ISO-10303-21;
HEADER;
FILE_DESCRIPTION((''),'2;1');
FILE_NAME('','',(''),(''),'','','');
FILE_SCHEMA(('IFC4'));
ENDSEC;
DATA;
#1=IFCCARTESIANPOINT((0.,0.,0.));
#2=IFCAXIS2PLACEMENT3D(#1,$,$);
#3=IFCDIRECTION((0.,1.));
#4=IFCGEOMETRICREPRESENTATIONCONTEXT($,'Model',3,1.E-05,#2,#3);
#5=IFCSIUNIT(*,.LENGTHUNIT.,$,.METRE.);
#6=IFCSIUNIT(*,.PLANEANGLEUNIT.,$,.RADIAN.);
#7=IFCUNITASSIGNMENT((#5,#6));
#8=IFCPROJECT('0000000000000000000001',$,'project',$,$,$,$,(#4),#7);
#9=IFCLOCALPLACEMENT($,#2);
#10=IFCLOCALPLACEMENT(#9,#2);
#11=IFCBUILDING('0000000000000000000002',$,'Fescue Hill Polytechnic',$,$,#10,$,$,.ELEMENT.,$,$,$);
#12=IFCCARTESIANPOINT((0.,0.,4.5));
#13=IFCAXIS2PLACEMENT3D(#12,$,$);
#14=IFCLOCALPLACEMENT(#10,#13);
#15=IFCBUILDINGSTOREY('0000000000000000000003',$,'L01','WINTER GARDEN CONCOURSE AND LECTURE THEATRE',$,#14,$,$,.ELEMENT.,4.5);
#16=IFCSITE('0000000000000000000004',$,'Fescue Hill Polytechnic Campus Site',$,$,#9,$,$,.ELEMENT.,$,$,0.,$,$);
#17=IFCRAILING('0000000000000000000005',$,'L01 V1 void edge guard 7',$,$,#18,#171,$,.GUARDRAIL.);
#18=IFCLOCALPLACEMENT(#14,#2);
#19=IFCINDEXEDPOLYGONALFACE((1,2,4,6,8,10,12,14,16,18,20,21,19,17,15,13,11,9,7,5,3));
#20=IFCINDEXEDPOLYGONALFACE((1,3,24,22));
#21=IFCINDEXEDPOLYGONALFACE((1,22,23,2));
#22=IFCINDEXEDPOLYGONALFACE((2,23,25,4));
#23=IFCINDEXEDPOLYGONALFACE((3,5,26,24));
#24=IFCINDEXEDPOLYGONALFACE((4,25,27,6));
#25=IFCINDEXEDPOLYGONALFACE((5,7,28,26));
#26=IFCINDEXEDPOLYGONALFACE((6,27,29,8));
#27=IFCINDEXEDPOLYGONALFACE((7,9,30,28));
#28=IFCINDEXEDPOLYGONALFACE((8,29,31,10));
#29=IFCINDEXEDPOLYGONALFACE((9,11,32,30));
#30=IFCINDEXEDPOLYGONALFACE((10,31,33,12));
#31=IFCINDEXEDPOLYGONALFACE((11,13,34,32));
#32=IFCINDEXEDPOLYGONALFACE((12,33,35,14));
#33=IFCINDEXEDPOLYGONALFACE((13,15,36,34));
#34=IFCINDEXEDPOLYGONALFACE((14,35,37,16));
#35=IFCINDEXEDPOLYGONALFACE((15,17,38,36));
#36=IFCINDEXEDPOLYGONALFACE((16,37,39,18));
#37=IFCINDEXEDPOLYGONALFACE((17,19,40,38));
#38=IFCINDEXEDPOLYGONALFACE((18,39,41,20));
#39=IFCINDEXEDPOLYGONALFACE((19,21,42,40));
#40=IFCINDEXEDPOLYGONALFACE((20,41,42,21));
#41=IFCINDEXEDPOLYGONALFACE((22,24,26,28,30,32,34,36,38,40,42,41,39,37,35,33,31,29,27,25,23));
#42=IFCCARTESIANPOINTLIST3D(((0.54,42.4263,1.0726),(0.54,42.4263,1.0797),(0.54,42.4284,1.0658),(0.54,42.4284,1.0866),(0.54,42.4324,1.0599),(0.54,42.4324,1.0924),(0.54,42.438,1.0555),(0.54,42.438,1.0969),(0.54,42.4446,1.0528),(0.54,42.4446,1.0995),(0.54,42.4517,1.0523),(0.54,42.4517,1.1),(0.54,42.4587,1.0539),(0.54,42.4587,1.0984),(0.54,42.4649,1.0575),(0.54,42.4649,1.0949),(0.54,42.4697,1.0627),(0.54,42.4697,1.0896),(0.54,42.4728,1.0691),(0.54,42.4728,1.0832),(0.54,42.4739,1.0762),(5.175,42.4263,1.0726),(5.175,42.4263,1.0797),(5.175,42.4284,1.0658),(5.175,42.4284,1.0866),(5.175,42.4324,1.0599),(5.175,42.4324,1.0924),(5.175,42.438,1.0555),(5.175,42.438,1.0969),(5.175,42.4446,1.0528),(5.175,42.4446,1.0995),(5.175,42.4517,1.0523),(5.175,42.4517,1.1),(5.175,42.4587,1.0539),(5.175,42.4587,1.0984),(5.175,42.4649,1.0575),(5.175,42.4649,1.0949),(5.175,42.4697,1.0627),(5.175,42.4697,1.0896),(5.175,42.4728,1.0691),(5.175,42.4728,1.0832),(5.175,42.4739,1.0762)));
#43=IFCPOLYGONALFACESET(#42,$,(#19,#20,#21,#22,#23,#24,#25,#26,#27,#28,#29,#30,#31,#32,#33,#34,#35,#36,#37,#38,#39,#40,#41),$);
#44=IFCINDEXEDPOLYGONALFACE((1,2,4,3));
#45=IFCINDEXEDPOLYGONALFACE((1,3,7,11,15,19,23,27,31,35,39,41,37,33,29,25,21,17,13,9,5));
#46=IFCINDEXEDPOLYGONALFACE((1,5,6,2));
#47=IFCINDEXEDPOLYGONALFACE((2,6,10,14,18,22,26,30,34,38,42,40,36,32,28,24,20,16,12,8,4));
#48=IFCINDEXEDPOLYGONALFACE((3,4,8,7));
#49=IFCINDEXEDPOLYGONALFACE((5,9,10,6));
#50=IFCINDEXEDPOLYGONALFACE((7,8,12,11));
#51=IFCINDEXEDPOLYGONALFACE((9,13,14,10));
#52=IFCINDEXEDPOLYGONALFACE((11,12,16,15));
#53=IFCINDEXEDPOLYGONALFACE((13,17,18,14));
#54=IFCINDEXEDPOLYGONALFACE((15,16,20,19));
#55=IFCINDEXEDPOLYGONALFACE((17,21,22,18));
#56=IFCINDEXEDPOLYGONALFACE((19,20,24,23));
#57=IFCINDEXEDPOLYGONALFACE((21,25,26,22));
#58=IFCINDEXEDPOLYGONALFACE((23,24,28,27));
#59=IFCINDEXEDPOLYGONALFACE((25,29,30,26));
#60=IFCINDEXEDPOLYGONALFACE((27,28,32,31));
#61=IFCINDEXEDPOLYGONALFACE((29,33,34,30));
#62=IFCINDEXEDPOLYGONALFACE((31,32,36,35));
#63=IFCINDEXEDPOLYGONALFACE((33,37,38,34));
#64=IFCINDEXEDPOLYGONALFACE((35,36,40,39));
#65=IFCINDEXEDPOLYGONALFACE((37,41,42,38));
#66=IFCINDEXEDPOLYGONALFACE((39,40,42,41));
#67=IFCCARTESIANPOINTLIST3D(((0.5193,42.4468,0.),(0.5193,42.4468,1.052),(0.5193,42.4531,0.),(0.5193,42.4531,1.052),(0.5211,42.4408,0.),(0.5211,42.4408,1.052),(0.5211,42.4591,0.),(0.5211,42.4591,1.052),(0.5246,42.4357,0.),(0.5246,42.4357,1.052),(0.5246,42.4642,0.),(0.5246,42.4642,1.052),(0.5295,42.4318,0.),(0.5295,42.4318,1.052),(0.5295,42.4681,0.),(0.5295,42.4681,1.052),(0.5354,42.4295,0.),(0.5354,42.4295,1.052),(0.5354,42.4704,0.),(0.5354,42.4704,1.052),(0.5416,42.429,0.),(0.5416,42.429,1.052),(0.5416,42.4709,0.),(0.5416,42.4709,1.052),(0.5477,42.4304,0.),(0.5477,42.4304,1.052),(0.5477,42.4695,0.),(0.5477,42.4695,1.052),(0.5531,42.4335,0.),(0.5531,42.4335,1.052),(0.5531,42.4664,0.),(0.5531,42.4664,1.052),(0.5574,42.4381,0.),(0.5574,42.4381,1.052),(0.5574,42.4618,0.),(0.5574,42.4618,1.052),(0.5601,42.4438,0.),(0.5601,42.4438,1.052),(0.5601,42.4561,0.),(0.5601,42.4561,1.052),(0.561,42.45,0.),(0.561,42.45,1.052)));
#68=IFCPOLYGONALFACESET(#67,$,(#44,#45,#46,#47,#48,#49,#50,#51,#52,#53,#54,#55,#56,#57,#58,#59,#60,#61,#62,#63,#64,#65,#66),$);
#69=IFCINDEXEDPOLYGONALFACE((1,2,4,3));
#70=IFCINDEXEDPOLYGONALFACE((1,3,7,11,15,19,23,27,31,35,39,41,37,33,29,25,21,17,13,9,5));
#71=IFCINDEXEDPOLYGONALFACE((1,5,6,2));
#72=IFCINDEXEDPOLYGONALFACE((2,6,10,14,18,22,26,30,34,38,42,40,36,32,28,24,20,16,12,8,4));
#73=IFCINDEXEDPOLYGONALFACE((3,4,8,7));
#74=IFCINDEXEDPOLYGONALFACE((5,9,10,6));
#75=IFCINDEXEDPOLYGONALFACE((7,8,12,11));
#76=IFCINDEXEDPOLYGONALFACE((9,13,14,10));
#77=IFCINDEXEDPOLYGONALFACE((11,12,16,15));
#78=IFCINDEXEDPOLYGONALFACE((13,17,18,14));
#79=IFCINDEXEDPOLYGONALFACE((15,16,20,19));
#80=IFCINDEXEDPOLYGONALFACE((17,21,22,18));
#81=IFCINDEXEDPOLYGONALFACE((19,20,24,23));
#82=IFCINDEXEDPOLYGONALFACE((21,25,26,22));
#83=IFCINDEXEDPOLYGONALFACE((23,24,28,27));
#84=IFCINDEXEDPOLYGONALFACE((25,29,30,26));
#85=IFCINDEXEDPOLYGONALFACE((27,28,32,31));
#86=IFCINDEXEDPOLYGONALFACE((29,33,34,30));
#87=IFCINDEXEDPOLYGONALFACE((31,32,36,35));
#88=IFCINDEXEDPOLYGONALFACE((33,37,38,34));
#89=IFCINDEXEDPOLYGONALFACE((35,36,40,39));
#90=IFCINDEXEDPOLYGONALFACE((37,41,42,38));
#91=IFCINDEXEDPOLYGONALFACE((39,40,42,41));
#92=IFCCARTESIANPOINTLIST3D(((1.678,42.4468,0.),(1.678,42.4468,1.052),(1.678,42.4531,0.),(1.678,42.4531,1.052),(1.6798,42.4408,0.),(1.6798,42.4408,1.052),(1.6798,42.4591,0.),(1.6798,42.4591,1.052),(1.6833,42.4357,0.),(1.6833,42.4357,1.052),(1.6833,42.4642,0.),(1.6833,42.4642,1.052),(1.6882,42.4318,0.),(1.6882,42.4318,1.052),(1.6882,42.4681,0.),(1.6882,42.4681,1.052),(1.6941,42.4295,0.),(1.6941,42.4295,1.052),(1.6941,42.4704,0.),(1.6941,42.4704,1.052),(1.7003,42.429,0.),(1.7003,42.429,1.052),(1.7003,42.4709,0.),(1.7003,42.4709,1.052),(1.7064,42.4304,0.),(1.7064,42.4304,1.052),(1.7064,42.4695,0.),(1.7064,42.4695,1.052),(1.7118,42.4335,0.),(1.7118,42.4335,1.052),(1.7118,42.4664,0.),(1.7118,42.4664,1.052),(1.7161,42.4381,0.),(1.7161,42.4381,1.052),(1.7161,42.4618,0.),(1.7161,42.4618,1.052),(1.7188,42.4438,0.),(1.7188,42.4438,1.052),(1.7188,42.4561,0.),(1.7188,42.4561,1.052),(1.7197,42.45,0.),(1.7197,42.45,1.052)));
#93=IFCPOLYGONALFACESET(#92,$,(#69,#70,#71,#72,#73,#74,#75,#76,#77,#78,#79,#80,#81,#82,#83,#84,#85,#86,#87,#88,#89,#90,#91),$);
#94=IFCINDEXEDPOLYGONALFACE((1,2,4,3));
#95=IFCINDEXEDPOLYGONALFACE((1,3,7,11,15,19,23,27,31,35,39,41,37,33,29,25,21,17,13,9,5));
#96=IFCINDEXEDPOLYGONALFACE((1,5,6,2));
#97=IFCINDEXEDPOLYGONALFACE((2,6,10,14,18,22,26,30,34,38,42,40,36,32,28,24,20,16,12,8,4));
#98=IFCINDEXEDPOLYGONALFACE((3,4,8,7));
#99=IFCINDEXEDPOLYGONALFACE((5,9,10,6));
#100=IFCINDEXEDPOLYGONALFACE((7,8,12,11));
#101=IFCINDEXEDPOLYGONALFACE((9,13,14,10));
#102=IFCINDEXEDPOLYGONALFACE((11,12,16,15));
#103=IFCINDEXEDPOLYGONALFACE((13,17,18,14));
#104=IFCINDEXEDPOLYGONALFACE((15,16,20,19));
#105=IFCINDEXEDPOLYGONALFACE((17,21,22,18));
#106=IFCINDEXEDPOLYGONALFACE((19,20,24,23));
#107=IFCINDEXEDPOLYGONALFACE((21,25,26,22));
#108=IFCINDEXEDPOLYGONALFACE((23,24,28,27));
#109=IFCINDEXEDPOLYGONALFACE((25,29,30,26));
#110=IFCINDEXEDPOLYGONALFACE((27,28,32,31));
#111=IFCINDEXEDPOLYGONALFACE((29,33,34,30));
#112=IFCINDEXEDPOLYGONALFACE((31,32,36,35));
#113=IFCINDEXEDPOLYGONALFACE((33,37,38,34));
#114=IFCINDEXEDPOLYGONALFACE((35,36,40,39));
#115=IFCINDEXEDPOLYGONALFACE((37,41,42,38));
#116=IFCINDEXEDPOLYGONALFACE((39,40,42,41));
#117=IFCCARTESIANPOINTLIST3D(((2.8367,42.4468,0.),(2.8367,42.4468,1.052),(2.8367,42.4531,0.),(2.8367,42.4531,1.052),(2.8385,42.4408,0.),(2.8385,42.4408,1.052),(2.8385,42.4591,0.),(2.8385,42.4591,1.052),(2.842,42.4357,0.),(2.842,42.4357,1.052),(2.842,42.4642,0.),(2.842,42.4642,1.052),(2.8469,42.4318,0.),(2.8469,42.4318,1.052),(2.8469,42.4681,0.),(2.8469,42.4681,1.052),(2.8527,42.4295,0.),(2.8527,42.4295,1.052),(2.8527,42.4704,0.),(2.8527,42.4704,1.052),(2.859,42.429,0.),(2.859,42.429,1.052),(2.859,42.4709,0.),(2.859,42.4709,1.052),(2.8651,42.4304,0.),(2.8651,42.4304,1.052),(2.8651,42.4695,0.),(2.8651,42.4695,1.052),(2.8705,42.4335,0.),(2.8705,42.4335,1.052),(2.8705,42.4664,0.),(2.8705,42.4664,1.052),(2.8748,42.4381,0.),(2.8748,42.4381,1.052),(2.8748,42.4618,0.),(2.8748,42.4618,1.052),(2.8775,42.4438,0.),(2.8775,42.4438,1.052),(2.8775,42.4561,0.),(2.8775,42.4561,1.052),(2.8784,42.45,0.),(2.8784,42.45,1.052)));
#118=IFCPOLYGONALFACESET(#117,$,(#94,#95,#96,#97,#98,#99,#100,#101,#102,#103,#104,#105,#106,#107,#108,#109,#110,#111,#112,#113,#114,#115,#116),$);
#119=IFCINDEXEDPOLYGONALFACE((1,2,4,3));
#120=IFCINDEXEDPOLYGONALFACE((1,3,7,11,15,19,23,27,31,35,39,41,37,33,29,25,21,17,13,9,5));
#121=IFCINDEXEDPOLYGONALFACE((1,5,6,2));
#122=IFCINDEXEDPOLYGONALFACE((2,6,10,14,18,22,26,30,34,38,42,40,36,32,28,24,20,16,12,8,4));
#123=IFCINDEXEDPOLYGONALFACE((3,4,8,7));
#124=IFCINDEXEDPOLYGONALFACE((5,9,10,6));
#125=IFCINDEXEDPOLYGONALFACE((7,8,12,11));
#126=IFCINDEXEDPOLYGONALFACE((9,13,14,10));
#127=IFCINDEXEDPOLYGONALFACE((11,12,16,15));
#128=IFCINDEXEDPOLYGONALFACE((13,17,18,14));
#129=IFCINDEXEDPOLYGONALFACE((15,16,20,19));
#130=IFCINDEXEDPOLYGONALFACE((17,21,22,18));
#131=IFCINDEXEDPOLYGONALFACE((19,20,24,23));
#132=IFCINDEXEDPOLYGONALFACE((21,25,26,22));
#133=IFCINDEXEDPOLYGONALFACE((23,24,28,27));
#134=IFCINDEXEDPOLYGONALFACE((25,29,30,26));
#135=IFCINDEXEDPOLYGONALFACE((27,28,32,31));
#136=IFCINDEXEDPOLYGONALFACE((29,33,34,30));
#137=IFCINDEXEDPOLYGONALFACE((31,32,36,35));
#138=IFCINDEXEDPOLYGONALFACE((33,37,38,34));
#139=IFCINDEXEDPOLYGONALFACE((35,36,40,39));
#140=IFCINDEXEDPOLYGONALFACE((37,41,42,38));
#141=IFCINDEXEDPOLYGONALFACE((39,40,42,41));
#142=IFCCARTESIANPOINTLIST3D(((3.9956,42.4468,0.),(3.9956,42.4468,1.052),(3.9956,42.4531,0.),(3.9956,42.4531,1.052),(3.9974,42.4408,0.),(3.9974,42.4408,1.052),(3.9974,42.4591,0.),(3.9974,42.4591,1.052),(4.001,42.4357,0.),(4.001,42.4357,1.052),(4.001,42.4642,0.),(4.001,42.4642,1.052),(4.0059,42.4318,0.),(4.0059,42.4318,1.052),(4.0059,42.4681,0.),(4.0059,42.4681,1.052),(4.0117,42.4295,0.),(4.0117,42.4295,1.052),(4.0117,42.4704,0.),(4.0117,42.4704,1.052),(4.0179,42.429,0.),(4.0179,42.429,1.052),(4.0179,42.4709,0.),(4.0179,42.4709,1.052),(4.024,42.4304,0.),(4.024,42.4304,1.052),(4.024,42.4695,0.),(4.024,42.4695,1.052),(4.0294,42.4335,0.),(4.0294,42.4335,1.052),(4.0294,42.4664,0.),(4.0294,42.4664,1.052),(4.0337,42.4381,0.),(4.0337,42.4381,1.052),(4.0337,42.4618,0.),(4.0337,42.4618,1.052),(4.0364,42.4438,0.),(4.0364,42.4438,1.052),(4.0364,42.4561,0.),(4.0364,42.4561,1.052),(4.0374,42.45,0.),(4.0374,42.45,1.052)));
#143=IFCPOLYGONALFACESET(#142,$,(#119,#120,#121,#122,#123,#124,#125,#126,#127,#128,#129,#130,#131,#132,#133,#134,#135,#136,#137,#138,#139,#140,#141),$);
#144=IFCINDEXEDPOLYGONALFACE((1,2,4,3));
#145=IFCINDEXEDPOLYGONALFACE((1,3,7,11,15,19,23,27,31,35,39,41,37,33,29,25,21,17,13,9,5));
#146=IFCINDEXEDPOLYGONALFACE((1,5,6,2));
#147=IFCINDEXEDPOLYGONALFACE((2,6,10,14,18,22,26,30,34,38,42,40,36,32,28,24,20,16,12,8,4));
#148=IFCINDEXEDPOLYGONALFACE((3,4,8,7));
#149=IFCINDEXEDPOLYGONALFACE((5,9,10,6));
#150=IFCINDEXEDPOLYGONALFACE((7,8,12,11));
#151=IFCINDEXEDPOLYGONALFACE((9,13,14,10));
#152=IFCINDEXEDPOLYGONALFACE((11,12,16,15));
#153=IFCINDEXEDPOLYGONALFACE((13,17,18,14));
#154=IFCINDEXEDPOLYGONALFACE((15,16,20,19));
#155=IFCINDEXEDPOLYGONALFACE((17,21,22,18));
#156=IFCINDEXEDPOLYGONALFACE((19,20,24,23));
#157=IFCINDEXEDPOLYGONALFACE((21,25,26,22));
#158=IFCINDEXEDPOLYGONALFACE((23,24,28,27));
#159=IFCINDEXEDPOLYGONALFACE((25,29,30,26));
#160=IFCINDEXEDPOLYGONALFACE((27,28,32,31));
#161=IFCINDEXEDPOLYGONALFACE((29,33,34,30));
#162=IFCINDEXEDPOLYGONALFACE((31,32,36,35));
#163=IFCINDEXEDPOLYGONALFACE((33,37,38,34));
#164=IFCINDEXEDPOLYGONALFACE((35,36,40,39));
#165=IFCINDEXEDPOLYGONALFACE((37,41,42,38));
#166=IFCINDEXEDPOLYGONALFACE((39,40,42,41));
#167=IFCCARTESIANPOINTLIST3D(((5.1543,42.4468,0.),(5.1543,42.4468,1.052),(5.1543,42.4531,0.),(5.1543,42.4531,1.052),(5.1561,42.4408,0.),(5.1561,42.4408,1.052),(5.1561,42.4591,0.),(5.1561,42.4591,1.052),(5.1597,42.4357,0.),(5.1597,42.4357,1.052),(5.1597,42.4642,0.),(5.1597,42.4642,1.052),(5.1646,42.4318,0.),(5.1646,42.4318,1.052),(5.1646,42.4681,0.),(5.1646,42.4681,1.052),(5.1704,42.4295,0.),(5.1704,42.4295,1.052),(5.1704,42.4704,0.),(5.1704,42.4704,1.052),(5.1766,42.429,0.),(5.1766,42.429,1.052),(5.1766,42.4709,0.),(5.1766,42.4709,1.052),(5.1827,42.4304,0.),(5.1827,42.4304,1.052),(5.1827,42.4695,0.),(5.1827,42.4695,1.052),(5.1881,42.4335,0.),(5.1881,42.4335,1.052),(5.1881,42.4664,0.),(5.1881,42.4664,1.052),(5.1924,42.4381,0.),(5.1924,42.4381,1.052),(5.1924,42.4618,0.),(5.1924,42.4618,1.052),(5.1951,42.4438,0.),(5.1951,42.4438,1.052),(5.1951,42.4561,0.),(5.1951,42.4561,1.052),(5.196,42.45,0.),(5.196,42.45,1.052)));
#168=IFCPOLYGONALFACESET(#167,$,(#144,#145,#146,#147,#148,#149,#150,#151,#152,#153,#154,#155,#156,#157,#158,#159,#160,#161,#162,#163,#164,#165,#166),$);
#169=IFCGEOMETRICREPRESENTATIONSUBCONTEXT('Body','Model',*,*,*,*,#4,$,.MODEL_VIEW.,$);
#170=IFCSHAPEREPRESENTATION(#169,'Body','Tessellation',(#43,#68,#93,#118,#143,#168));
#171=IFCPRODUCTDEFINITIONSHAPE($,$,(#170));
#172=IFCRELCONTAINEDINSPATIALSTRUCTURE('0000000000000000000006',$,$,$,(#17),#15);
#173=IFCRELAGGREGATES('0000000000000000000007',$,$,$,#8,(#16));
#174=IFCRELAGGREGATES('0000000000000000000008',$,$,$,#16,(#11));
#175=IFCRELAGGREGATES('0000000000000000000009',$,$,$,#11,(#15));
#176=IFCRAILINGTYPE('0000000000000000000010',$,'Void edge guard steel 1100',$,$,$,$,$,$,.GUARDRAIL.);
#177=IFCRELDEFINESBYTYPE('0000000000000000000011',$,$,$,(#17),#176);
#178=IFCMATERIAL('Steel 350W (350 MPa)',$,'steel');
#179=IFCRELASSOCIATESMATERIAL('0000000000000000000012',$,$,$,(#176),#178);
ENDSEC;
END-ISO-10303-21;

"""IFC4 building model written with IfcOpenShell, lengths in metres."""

from ifc_helpers import new_model, si_unit, direction, frame, origin, origin_2d, place, context, subcontext, project, spatial, circle, extrude, material, type_object, element, save


model = new_model("IFC4")

# Units and contexts
model_context = context("Model", 3, precision=1e-05, world=origin(), true_north=direction((0.0, 1.0)))
body_context = subcontext(model_context, "Body", "Model", "MODEL_VIEW")
ifc_project = project(units=[si_unit("LENGTHUNIT", "METRE"), si_unit("PLANEANGLEUNIT", "RADIAN")], contexts=[model_context])

# Site, building, storey
site_placement = place(None, origin())
site = spatial("IfcSite", under=ifc_project, at=site_placement, Name="Fescue Hill Polytechnic Campus Site", CompositionType="ELEMENT", RefElevation=0.0)
building_placement = place(site_placement, origin())
building = spatial("IfcBuilding", under=site, at=building_placement, Name="Fescue Hill Polytechnic", CompositionType="ELEMENT")
storey_placement = place(building_placement, frame((0.0, 0.0, 4.5)))
storey = spatial("IfcBuildingStorey", under=building, at=storey_placement, Name="L01", Description="WINTER GARDEN CONCOURSE AND LECTURE THEATRE", CompositionType="ELEMENT", Elevation=4.5)

# Shared definitions
ifc_material_1 = material(Name="Steel 350W (350 MPa)", Category="steel")

# Railing
railing_type_1 = type_object("IfcRailingType", Name="Void edge guard steel 1100", PredefinedType="GUARDRAIL", material=ifc_material_1)
railing_1_placement = place(storey_placement, frame((0.54, 42.45, 0.0)))
element("IfcRailing", 1, at=railing_1_placement, inside=storey, type_object=railing_type_1, Name="L01 V1 void edge guard 7", PredefinedType="GUARDRAIL", context=body_context, shape_type="SweptSolid", body=[
    extrude(circle(Radius=0.0239, at=origin_2d()), frame((0.0, 0.0, 1.0762), z_axis=(1.0, 0.0, 0.0), x_axis=(0.0, 1.0, 0.0)), (0.0, 0.0, 1.0), 4.635),
    extrude(circle(Radius=0.021, at=origin_2d()), origin(), (0.0, 0.0, 1.0), 1.052),
    extrude(circle(Radius=0.021, at=origin_2d()), frame((1.1587, 0.0, 0.0)), (0.0, 0.0, 1.0), 1.052),
    extrude(circle(Radius=0.021, at=origin_2d()), frame((2.3174, 0.0, 0.0)), (0.0, 0.0, 1.0), 1.052),
    extrude(circle(Radius=0.021, at=origin_2d()), frame((3.4763, 0.0, 0.0)), (0.0, 0.0, 1.0), 1.052),
    extrude(circle(Radius=0.021, at=origin_2d()), frame((4.635, 0.0, 0.0)), (0.0, 0.0, 1.0), 1.052),
])

save(model, "model.ifc")
